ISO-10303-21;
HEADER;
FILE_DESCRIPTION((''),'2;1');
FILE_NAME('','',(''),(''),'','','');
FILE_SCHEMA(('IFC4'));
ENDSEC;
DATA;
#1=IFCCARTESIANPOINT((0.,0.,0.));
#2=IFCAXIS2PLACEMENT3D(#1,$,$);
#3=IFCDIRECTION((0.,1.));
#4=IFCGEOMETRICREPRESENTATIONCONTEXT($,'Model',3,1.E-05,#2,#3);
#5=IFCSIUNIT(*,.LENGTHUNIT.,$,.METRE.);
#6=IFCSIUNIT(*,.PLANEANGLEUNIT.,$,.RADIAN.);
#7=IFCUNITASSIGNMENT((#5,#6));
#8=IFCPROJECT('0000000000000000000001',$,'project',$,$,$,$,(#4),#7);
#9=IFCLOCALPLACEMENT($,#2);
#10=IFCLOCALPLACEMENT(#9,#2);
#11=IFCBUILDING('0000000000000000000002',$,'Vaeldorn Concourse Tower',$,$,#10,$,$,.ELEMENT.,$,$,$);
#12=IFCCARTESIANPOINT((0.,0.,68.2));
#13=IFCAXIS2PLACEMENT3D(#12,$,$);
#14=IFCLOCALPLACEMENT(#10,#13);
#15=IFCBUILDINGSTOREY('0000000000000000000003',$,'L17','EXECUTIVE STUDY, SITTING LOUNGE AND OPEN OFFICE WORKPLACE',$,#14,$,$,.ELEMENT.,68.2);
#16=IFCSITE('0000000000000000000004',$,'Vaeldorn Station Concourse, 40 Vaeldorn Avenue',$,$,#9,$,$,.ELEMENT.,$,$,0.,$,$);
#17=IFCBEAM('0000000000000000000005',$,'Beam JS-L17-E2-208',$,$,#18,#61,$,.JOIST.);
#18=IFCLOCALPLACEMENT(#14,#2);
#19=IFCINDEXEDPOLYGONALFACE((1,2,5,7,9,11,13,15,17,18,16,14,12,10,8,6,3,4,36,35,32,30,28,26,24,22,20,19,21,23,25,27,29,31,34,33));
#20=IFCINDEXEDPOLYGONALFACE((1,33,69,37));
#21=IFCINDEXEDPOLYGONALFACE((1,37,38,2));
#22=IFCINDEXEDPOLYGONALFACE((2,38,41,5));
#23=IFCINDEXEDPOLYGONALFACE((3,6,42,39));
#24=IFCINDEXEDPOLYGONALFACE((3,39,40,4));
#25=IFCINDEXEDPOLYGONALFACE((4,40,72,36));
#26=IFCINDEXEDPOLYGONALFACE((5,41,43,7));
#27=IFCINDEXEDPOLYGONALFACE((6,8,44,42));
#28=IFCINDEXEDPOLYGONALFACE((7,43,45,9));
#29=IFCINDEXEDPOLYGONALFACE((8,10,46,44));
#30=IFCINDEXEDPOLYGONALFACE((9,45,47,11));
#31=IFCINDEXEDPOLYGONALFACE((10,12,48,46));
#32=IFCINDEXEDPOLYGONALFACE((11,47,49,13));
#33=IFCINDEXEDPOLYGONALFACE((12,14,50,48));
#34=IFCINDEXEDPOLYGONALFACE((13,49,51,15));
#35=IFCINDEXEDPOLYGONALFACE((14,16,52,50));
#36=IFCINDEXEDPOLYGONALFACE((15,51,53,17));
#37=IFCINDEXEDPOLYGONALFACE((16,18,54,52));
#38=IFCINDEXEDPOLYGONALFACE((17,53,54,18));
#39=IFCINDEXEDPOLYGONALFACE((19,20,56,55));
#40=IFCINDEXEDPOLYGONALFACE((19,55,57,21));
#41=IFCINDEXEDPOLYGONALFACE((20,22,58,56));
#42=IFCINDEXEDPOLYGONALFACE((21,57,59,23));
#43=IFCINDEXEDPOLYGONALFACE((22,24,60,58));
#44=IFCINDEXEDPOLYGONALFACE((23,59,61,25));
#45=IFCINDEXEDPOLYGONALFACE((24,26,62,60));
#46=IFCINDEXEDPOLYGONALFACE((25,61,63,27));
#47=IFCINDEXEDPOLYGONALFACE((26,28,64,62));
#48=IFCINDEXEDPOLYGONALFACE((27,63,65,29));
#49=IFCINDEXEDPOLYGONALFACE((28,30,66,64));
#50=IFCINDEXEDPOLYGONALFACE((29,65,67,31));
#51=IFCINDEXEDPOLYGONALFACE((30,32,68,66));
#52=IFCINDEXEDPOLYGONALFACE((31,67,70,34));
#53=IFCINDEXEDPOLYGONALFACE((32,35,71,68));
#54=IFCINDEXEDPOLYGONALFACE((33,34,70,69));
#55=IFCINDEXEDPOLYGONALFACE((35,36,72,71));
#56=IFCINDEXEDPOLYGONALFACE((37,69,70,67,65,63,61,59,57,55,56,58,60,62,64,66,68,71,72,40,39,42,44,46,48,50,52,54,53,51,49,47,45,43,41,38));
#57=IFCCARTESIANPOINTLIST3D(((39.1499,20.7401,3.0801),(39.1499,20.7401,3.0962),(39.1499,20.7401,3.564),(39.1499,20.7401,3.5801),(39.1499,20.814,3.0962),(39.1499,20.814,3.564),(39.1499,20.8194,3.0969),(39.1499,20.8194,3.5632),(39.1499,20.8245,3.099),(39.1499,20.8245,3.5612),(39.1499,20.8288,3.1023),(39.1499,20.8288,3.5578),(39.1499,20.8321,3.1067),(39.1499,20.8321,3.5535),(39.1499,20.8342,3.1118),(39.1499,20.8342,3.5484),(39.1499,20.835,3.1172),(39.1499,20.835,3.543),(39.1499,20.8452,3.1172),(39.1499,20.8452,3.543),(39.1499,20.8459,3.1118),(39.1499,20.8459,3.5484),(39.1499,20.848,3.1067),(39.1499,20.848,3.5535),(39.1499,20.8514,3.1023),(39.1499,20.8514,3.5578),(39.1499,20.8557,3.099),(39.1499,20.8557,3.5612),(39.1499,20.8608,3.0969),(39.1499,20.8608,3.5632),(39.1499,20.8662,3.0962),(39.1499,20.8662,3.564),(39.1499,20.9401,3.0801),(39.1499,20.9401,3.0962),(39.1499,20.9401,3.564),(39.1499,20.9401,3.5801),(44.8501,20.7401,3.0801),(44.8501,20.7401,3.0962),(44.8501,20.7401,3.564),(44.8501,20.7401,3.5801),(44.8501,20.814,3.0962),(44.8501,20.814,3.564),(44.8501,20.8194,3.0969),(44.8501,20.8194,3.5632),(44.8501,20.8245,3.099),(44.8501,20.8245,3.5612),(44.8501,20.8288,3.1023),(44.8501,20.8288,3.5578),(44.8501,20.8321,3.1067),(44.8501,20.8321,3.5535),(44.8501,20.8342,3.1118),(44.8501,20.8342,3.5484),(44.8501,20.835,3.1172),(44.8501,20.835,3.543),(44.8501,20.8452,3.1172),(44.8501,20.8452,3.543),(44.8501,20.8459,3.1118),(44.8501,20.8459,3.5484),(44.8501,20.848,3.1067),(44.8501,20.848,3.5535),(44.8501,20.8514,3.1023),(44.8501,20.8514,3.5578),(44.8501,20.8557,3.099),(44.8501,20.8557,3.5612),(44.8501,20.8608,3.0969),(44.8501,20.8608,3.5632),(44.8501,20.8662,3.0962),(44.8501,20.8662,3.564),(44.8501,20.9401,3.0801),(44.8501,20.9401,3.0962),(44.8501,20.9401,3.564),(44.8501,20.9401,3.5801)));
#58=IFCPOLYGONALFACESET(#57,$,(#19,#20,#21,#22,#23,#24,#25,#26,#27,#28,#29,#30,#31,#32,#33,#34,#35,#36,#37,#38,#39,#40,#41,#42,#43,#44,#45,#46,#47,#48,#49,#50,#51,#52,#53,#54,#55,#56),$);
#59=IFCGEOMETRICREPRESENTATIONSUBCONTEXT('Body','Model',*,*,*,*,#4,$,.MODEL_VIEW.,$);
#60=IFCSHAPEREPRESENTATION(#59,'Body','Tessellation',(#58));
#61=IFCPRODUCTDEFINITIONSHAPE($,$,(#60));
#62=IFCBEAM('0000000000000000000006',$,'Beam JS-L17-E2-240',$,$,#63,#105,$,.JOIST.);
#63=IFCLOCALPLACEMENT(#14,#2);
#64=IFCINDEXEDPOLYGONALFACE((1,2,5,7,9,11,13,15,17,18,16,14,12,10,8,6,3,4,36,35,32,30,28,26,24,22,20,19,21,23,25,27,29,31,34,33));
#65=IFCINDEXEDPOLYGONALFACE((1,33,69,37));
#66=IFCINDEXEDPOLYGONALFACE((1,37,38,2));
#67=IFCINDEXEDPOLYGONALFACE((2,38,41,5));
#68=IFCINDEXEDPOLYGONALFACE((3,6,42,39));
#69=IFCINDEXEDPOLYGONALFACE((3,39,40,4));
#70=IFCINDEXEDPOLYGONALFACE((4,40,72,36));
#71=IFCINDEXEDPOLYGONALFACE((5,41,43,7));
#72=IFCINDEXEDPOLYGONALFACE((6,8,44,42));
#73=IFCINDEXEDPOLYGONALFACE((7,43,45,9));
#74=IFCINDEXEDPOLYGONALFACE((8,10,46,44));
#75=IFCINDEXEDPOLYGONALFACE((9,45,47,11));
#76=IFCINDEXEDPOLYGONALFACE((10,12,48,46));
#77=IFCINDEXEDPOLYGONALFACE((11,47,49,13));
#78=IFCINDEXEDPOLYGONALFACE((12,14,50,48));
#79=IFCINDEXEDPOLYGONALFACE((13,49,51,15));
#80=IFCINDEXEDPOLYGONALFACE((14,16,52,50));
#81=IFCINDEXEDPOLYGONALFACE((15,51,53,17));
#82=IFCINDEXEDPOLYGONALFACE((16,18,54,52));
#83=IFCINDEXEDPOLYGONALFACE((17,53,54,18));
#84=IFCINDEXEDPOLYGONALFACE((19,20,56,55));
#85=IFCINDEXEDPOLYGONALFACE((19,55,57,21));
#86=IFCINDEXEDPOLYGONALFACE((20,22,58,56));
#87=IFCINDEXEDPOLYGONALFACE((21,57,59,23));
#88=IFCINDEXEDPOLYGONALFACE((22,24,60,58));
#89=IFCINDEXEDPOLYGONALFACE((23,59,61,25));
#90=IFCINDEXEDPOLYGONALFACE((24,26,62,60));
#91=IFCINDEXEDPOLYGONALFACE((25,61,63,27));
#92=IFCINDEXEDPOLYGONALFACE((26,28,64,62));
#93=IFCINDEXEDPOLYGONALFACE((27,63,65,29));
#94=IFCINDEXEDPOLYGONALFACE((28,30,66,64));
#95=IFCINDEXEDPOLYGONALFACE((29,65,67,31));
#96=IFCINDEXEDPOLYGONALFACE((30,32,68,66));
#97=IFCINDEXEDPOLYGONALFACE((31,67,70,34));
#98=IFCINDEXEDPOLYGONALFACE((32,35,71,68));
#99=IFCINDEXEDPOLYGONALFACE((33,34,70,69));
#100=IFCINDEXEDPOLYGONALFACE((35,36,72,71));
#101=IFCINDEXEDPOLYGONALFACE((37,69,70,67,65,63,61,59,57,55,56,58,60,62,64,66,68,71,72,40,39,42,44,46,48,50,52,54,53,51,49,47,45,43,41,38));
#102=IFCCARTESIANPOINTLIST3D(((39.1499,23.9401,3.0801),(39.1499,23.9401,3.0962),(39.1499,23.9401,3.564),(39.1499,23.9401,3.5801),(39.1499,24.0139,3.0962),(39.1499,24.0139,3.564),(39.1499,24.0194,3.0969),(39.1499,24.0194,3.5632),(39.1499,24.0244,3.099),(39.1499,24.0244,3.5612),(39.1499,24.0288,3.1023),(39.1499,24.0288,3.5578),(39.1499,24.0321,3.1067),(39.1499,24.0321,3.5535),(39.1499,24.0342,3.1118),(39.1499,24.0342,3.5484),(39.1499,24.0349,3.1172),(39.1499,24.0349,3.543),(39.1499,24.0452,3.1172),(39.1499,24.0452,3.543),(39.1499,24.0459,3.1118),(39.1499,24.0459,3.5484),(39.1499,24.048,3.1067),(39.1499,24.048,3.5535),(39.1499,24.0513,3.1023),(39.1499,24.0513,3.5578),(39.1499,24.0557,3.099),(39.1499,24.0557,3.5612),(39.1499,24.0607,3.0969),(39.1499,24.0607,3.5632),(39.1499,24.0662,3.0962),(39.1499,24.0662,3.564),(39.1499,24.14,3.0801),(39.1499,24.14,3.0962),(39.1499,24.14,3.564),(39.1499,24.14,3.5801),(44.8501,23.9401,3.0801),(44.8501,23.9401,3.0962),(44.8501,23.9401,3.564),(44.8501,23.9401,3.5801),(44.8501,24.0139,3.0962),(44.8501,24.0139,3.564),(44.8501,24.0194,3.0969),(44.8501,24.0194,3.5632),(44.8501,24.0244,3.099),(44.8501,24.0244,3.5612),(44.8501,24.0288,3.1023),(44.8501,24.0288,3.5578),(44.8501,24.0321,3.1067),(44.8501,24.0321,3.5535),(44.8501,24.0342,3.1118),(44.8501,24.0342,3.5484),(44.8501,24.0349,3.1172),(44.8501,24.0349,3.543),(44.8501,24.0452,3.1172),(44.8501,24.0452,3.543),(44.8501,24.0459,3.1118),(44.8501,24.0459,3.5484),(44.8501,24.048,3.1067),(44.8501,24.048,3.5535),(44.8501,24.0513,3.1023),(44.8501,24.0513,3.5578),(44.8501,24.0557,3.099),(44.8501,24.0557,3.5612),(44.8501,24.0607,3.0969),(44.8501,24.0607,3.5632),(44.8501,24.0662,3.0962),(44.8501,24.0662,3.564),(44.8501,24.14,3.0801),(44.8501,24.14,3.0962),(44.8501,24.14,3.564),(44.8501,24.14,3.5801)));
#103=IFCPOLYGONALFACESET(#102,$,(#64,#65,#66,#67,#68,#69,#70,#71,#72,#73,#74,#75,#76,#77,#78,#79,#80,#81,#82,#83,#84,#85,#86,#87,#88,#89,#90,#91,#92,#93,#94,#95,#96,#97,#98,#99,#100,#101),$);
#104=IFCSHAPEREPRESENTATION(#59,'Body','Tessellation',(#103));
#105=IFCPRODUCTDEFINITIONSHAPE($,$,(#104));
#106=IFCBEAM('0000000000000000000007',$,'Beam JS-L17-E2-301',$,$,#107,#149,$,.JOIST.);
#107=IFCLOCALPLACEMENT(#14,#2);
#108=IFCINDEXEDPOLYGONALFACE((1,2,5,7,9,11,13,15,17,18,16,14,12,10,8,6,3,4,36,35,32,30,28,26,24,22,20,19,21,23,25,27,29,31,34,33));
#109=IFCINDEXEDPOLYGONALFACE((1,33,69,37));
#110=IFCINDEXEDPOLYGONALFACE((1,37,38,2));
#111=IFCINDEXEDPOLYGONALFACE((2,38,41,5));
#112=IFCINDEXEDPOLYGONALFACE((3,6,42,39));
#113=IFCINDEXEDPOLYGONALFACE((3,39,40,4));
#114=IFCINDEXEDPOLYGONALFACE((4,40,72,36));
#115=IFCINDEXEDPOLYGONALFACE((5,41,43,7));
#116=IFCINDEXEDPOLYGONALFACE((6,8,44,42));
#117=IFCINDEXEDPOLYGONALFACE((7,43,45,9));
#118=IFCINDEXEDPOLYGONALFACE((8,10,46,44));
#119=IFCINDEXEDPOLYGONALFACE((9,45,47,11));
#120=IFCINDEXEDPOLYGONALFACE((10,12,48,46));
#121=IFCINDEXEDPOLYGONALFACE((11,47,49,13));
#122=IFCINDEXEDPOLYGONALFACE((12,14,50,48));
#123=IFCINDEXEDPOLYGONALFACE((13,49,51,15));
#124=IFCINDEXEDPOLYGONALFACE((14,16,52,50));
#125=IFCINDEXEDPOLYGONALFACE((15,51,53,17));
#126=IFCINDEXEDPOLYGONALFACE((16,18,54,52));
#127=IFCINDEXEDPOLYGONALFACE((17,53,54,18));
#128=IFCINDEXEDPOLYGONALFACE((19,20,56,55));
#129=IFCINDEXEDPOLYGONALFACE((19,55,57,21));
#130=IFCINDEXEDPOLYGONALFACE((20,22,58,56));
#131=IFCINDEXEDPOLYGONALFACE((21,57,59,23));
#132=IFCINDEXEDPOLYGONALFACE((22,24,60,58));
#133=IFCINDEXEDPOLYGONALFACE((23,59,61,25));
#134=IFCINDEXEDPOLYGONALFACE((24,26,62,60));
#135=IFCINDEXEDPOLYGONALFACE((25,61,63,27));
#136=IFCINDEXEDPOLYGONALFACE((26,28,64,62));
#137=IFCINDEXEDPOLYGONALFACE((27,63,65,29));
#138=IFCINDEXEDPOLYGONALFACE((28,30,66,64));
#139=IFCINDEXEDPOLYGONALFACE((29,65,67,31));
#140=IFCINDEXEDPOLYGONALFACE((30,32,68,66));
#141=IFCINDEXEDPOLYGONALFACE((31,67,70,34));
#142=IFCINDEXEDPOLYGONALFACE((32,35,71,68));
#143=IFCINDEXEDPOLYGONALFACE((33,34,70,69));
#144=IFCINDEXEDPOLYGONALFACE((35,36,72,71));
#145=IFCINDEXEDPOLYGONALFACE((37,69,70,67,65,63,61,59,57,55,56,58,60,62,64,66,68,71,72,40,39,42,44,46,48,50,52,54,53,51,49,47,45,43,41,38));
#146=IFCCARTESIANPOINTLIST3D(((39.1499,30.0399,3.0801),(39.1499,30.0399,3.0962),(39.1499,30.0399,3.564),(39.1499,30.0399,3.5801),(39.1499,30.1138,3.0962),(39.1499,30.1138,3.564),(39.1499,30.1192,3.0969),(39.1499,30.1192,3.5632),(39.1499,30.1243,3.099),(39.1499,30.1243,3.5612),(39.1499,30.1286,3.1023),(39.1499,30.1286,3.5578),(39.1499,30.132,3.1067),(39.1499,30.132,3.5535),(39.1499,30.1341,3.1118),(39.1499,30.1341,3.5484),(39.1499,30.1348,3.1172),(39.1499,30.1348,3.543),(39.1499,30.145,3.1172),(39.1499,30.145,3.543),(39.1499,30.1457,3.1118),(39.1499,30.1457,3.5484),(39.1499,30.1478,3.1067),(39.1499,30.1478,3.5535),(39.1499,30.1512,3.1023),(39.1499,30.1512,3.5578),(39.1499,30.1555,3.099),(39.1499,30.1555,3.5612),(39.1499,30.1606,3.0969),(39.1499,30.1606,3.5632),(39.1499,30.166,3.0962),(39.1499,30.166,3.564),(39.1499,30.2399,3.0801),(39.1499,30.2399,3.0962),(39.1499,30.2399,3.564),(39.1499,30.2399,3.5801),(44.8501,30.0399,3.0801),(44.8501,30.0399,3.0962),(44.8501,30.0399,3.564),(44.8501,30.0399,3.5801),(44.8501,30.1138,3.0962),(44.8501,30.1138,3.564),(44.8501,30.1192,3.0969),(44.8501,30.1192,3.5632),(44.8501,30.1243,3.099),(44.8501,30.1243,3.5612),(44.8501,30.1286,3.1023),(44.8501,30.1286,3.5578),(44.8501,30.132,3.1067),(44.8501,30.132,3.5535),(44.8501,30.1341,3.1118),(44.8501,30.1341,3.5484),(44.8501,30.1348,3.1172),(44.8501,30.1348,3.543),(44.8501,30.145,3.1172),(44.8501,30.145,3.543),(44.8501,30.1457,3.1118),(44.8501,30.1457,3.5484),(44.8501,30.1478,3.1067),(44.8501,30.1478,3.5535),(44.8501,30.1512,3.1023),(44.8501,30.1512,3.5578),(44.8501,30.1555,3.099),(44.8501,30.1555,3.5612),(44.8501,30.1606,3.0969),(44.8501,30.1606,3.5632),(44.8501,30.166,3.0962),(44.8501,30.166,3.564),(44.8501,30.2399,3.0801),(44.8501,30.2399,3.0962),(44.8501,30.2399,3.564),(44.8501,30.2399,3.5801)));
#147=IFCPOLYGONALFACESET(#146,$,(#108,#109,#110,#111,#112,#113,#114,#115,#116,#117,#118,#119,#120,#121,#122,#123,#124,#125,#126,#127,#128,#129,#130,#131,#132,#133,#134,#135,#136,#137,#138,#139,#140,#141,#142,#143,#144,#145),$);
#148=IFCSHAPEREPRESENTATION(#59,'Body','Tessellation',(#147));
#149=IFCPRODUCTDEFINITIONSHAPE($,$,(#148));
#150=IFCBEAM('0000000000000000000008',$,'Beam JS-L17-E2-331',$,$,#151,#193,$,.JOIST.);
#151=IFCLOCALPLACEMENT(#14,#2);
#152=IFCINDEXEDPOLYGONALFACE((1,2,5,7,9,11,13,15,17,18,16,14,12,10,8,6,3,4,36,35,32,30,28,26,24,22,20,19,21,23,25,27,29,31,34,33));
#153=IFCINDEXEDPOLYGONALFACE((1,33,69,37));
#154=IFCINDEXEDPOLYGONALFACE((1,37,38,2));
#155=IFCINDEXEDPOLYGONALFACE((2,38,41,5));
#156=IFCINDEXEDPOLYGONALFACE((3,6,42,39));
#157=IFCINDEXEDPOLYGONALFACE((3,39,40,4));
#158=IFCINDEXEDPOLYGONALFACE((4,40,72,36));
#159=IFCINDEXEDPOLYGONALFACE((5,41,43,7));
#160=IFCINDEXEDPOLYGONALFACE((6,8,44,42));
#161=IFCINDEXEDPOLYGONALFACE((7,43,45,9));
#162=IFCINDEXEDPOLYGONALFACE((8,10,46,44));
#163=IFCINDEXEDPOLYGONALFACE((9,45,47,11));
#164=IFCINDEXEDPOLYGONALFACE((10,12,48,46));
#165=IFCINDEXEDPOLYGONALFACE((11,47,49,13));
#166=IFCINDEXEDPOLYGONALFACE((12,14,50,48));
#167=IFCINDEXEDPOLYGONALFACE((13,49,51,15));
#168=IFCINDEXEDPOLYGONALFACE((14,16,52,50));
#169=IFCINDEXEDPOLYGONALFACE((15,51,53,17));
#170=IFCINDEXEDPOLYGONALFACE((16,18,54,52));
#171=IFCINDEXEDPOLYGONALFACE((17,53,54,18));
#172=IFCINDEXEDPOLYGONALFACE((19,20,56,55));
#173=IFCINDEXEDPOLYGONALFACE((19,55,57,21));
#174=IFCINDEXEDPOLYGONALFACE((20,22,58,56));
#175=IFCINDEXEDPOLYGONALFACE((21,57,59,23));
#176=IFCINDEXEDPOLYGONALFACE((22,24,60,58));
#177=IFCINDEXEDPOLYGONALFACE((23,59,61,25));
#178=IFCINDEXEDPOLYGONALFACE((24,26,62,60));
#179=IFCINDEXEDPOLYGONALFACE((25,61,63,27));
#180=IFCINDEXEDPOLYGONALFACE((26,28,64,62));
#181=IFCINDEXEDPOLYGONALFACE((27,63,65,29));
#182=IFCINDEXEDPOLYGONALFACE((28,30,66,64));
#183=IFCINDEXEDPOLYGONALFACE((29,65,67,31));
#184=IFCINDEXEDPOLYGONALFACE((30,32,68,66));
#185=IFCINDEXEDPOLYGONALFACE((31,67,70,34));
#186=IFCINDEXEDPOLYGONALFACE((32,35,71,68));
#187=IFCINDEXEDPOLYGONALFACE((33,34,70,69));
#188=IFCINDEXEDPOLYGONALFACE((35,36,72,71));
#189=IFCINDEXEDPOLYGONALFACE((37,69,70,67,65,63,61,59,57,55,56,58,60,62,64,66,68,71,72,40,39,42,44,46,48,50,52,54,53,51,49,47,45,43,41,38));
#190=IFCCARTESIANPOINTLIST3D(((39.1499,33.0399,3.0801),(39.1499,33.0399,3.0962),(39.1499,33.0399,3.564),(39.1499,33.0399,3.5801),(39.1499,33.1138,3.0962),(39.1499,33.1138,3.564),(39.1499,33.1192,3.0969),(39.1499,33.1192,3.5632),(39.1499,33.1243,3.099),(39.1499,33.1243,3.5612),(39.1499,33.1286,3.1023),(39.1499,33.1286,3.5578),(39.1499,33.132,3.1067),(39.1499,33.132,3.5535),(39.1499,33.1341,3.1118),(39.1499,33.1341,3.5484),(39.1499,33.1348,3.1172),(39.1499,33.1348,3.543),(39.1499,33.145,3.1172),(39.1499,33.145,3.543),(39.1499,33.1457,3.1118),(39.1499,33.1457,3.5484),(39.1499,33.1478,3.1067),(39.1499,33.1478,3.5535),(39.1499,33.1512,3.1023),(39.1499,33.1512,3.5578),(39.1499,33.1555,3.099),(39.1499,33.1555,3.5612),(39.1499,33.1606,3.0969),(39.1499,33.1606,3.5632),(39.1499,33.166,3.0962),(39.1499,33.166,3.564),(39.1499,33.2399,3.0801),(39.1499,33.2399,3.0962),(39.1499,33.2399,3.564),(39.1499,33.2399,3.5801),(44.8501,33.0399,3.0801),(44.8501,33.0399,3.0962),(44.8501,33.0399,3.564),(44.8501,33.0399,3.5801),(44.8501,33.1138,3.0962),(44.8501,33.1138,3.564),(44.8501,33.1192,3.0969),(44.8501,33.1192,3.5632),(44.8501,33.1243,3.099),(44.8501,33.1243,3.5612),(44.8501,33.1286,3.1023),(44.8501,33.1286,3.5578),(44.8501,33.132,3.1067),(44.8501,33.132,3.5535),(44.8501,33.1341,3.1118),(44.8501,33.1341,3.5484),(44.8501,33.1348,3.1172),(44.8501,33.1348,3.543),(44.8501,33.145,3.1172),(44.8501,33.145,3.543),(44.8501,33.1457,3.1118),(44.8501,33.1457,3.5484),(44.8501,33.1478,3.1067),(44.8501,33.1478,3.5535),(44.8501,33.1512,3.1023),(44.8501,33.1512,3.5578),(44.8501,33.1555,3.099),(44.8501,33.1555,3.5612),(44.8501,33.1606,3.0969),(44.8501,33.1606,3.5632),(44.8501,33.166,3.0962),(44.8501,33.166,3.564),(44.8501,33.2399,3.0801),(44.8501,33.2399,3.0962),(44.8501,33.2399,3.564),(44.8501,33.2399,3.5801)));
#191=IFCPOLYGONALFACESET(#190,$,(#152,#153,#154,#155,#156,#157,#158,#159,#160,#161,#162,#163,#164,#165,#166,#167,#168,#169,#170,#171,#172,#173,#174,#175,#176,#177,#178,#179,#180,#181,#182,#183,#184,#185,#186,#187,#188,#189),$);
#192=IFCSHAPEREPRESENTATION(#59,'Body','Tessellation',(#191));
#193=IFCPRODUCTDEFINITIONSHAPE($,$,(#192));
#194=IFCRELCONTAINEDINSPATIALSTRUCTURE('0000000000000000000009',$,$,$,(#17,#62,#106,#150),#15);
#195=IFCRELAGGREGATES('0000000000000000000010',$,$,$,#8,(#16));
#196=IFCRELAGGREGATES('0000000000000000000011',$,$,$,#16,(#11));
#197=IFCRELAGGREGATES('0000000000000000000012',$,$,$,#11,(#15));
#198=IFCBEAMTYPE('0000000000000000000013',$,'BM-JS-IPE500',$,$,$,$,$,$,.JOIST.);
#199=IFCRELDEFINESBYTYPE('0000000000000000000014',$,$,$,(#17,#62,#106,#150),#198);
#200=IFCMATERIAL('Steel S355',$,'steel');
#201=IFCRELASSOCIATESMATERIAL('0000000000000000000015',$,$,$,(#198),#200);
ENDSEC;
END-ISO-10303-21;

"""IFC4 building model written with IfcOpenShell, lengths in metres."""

from ifc_helpers import new_model, si_unit, direction, frame, origin, origin_2d, place, context, subcontext, project, spatial, i_section, extrude, source, transform, mapped, material, material_profile, profile_set, type_object, element, save


model = new_model("IFC4")

# Units and contexts
model_context = context("Model", 3, precision=1e-05, world=origin(), true_north=direction((0.0, 1.0)))
body_context = subcontext(model_context, "Body", "Model", "MODEL_VIEW")
ifc_project = project(units=[si_unit("LENGTHUNIT", "METRE"), si_unit("PLANEANGLEUNIT", "RADIAN")], contexts=[model_context])

# Site, building, storey
site_placement = place(None, origin())
site = spatial("IfcSite", under=ifc_project, at=site_placement, Name="Vaeldorn Station Concourse, 40 Vaeldorn Avenue", CompositionType="ELEMENT", RefElevation=0.0)
building_placement = place(site_placement, origin())
building = spatial("IfcBuilding", under=site, at=building_placement, Name="Vaeldorn Concourse Tower", CompositionType="ELEMENT")
storey_placement = place(building_placement, frame((0.0, 0.0, 68.2)))
storey = spatial("IfcBuildingStorey", under=building, at=storey_placement, Name="L17", Description="EXECUTIVE STUDY, SITTING LOUNGE AND OPEN OFFICE WORKPLACE", CompositionType="ELEMENT", Elevation=68.2)

# Beams
ifc_material_1 = material(Name="Steel S355", Category="steel")
ifc_material_profile_1 = material_profile(ifc_material_1, i_section(OverallWidth=0.2, OverallDepth=0.5, WebThickness=0.0103, FlangeThickness=0.0161, FilletRadius=0.021, at=origin_2d()), Name="IPE 500")
ifc_profile_set_1 = profile_set([ifc_material_profile_1], Name="Steel S355")
beam_type_1 = type_object("IfcBeamType", Name="BM-JS-IPE500", PredefinedType="JOIST", material=ifc_profile_set_1)
shared_shape_1 = source(origin(), body_context, "Body", "SweptSolid", [
    extrude(i_section(OverallWidth=0.2, OverallDepth=0.5, WebThickness=0.0103, FlangeThickness=0.0161, FilletRadius=0.021, at=origin_2d()), origin(), (0.0, 0.0, 1.0), 5.7002),
])
for number, where, z_axis, x_axis, name in (
    (1, (39.1499, 20.8401, 3.3301), (1.0, 0.0, 0.0), (0.0, 1.0, 0.0), "Beam JS-L17-E2-208"),
    (2, (39.1499, 24.04, 3.3301), (1.0, 0.0, 0.0), (0.0, 1.0, 0.0), "Beam JS-L17-E2-240"),
    (3, (39.1499, 30.1399, 3.3301), (1.0, 0.0, 0.0), (0.0, 1.0, 0.0), "Beam JS-L17-E2-301"),
    (4, (39.1499, 33.1399, 3.3301), (1.0, 0.0, 0.0), (0.0, 1.0, 0.0), "Beam JS-L17-E2-331"),
):
    element("IfcBeam", number, at=place(storey_placement, frame(where, z_axis=z_axis, x_axis=x_axis)), inside=storey, type_object=beam_type_1, Name=name, PredefinedType="JOIST", context=body_context, shape_type="MappedRepresentation", body=[
        mapped(shared_shape_1, transform((0.0, 0.0, 0.0), scale=1.0)),
    ])

save(model, "model.ifc")
